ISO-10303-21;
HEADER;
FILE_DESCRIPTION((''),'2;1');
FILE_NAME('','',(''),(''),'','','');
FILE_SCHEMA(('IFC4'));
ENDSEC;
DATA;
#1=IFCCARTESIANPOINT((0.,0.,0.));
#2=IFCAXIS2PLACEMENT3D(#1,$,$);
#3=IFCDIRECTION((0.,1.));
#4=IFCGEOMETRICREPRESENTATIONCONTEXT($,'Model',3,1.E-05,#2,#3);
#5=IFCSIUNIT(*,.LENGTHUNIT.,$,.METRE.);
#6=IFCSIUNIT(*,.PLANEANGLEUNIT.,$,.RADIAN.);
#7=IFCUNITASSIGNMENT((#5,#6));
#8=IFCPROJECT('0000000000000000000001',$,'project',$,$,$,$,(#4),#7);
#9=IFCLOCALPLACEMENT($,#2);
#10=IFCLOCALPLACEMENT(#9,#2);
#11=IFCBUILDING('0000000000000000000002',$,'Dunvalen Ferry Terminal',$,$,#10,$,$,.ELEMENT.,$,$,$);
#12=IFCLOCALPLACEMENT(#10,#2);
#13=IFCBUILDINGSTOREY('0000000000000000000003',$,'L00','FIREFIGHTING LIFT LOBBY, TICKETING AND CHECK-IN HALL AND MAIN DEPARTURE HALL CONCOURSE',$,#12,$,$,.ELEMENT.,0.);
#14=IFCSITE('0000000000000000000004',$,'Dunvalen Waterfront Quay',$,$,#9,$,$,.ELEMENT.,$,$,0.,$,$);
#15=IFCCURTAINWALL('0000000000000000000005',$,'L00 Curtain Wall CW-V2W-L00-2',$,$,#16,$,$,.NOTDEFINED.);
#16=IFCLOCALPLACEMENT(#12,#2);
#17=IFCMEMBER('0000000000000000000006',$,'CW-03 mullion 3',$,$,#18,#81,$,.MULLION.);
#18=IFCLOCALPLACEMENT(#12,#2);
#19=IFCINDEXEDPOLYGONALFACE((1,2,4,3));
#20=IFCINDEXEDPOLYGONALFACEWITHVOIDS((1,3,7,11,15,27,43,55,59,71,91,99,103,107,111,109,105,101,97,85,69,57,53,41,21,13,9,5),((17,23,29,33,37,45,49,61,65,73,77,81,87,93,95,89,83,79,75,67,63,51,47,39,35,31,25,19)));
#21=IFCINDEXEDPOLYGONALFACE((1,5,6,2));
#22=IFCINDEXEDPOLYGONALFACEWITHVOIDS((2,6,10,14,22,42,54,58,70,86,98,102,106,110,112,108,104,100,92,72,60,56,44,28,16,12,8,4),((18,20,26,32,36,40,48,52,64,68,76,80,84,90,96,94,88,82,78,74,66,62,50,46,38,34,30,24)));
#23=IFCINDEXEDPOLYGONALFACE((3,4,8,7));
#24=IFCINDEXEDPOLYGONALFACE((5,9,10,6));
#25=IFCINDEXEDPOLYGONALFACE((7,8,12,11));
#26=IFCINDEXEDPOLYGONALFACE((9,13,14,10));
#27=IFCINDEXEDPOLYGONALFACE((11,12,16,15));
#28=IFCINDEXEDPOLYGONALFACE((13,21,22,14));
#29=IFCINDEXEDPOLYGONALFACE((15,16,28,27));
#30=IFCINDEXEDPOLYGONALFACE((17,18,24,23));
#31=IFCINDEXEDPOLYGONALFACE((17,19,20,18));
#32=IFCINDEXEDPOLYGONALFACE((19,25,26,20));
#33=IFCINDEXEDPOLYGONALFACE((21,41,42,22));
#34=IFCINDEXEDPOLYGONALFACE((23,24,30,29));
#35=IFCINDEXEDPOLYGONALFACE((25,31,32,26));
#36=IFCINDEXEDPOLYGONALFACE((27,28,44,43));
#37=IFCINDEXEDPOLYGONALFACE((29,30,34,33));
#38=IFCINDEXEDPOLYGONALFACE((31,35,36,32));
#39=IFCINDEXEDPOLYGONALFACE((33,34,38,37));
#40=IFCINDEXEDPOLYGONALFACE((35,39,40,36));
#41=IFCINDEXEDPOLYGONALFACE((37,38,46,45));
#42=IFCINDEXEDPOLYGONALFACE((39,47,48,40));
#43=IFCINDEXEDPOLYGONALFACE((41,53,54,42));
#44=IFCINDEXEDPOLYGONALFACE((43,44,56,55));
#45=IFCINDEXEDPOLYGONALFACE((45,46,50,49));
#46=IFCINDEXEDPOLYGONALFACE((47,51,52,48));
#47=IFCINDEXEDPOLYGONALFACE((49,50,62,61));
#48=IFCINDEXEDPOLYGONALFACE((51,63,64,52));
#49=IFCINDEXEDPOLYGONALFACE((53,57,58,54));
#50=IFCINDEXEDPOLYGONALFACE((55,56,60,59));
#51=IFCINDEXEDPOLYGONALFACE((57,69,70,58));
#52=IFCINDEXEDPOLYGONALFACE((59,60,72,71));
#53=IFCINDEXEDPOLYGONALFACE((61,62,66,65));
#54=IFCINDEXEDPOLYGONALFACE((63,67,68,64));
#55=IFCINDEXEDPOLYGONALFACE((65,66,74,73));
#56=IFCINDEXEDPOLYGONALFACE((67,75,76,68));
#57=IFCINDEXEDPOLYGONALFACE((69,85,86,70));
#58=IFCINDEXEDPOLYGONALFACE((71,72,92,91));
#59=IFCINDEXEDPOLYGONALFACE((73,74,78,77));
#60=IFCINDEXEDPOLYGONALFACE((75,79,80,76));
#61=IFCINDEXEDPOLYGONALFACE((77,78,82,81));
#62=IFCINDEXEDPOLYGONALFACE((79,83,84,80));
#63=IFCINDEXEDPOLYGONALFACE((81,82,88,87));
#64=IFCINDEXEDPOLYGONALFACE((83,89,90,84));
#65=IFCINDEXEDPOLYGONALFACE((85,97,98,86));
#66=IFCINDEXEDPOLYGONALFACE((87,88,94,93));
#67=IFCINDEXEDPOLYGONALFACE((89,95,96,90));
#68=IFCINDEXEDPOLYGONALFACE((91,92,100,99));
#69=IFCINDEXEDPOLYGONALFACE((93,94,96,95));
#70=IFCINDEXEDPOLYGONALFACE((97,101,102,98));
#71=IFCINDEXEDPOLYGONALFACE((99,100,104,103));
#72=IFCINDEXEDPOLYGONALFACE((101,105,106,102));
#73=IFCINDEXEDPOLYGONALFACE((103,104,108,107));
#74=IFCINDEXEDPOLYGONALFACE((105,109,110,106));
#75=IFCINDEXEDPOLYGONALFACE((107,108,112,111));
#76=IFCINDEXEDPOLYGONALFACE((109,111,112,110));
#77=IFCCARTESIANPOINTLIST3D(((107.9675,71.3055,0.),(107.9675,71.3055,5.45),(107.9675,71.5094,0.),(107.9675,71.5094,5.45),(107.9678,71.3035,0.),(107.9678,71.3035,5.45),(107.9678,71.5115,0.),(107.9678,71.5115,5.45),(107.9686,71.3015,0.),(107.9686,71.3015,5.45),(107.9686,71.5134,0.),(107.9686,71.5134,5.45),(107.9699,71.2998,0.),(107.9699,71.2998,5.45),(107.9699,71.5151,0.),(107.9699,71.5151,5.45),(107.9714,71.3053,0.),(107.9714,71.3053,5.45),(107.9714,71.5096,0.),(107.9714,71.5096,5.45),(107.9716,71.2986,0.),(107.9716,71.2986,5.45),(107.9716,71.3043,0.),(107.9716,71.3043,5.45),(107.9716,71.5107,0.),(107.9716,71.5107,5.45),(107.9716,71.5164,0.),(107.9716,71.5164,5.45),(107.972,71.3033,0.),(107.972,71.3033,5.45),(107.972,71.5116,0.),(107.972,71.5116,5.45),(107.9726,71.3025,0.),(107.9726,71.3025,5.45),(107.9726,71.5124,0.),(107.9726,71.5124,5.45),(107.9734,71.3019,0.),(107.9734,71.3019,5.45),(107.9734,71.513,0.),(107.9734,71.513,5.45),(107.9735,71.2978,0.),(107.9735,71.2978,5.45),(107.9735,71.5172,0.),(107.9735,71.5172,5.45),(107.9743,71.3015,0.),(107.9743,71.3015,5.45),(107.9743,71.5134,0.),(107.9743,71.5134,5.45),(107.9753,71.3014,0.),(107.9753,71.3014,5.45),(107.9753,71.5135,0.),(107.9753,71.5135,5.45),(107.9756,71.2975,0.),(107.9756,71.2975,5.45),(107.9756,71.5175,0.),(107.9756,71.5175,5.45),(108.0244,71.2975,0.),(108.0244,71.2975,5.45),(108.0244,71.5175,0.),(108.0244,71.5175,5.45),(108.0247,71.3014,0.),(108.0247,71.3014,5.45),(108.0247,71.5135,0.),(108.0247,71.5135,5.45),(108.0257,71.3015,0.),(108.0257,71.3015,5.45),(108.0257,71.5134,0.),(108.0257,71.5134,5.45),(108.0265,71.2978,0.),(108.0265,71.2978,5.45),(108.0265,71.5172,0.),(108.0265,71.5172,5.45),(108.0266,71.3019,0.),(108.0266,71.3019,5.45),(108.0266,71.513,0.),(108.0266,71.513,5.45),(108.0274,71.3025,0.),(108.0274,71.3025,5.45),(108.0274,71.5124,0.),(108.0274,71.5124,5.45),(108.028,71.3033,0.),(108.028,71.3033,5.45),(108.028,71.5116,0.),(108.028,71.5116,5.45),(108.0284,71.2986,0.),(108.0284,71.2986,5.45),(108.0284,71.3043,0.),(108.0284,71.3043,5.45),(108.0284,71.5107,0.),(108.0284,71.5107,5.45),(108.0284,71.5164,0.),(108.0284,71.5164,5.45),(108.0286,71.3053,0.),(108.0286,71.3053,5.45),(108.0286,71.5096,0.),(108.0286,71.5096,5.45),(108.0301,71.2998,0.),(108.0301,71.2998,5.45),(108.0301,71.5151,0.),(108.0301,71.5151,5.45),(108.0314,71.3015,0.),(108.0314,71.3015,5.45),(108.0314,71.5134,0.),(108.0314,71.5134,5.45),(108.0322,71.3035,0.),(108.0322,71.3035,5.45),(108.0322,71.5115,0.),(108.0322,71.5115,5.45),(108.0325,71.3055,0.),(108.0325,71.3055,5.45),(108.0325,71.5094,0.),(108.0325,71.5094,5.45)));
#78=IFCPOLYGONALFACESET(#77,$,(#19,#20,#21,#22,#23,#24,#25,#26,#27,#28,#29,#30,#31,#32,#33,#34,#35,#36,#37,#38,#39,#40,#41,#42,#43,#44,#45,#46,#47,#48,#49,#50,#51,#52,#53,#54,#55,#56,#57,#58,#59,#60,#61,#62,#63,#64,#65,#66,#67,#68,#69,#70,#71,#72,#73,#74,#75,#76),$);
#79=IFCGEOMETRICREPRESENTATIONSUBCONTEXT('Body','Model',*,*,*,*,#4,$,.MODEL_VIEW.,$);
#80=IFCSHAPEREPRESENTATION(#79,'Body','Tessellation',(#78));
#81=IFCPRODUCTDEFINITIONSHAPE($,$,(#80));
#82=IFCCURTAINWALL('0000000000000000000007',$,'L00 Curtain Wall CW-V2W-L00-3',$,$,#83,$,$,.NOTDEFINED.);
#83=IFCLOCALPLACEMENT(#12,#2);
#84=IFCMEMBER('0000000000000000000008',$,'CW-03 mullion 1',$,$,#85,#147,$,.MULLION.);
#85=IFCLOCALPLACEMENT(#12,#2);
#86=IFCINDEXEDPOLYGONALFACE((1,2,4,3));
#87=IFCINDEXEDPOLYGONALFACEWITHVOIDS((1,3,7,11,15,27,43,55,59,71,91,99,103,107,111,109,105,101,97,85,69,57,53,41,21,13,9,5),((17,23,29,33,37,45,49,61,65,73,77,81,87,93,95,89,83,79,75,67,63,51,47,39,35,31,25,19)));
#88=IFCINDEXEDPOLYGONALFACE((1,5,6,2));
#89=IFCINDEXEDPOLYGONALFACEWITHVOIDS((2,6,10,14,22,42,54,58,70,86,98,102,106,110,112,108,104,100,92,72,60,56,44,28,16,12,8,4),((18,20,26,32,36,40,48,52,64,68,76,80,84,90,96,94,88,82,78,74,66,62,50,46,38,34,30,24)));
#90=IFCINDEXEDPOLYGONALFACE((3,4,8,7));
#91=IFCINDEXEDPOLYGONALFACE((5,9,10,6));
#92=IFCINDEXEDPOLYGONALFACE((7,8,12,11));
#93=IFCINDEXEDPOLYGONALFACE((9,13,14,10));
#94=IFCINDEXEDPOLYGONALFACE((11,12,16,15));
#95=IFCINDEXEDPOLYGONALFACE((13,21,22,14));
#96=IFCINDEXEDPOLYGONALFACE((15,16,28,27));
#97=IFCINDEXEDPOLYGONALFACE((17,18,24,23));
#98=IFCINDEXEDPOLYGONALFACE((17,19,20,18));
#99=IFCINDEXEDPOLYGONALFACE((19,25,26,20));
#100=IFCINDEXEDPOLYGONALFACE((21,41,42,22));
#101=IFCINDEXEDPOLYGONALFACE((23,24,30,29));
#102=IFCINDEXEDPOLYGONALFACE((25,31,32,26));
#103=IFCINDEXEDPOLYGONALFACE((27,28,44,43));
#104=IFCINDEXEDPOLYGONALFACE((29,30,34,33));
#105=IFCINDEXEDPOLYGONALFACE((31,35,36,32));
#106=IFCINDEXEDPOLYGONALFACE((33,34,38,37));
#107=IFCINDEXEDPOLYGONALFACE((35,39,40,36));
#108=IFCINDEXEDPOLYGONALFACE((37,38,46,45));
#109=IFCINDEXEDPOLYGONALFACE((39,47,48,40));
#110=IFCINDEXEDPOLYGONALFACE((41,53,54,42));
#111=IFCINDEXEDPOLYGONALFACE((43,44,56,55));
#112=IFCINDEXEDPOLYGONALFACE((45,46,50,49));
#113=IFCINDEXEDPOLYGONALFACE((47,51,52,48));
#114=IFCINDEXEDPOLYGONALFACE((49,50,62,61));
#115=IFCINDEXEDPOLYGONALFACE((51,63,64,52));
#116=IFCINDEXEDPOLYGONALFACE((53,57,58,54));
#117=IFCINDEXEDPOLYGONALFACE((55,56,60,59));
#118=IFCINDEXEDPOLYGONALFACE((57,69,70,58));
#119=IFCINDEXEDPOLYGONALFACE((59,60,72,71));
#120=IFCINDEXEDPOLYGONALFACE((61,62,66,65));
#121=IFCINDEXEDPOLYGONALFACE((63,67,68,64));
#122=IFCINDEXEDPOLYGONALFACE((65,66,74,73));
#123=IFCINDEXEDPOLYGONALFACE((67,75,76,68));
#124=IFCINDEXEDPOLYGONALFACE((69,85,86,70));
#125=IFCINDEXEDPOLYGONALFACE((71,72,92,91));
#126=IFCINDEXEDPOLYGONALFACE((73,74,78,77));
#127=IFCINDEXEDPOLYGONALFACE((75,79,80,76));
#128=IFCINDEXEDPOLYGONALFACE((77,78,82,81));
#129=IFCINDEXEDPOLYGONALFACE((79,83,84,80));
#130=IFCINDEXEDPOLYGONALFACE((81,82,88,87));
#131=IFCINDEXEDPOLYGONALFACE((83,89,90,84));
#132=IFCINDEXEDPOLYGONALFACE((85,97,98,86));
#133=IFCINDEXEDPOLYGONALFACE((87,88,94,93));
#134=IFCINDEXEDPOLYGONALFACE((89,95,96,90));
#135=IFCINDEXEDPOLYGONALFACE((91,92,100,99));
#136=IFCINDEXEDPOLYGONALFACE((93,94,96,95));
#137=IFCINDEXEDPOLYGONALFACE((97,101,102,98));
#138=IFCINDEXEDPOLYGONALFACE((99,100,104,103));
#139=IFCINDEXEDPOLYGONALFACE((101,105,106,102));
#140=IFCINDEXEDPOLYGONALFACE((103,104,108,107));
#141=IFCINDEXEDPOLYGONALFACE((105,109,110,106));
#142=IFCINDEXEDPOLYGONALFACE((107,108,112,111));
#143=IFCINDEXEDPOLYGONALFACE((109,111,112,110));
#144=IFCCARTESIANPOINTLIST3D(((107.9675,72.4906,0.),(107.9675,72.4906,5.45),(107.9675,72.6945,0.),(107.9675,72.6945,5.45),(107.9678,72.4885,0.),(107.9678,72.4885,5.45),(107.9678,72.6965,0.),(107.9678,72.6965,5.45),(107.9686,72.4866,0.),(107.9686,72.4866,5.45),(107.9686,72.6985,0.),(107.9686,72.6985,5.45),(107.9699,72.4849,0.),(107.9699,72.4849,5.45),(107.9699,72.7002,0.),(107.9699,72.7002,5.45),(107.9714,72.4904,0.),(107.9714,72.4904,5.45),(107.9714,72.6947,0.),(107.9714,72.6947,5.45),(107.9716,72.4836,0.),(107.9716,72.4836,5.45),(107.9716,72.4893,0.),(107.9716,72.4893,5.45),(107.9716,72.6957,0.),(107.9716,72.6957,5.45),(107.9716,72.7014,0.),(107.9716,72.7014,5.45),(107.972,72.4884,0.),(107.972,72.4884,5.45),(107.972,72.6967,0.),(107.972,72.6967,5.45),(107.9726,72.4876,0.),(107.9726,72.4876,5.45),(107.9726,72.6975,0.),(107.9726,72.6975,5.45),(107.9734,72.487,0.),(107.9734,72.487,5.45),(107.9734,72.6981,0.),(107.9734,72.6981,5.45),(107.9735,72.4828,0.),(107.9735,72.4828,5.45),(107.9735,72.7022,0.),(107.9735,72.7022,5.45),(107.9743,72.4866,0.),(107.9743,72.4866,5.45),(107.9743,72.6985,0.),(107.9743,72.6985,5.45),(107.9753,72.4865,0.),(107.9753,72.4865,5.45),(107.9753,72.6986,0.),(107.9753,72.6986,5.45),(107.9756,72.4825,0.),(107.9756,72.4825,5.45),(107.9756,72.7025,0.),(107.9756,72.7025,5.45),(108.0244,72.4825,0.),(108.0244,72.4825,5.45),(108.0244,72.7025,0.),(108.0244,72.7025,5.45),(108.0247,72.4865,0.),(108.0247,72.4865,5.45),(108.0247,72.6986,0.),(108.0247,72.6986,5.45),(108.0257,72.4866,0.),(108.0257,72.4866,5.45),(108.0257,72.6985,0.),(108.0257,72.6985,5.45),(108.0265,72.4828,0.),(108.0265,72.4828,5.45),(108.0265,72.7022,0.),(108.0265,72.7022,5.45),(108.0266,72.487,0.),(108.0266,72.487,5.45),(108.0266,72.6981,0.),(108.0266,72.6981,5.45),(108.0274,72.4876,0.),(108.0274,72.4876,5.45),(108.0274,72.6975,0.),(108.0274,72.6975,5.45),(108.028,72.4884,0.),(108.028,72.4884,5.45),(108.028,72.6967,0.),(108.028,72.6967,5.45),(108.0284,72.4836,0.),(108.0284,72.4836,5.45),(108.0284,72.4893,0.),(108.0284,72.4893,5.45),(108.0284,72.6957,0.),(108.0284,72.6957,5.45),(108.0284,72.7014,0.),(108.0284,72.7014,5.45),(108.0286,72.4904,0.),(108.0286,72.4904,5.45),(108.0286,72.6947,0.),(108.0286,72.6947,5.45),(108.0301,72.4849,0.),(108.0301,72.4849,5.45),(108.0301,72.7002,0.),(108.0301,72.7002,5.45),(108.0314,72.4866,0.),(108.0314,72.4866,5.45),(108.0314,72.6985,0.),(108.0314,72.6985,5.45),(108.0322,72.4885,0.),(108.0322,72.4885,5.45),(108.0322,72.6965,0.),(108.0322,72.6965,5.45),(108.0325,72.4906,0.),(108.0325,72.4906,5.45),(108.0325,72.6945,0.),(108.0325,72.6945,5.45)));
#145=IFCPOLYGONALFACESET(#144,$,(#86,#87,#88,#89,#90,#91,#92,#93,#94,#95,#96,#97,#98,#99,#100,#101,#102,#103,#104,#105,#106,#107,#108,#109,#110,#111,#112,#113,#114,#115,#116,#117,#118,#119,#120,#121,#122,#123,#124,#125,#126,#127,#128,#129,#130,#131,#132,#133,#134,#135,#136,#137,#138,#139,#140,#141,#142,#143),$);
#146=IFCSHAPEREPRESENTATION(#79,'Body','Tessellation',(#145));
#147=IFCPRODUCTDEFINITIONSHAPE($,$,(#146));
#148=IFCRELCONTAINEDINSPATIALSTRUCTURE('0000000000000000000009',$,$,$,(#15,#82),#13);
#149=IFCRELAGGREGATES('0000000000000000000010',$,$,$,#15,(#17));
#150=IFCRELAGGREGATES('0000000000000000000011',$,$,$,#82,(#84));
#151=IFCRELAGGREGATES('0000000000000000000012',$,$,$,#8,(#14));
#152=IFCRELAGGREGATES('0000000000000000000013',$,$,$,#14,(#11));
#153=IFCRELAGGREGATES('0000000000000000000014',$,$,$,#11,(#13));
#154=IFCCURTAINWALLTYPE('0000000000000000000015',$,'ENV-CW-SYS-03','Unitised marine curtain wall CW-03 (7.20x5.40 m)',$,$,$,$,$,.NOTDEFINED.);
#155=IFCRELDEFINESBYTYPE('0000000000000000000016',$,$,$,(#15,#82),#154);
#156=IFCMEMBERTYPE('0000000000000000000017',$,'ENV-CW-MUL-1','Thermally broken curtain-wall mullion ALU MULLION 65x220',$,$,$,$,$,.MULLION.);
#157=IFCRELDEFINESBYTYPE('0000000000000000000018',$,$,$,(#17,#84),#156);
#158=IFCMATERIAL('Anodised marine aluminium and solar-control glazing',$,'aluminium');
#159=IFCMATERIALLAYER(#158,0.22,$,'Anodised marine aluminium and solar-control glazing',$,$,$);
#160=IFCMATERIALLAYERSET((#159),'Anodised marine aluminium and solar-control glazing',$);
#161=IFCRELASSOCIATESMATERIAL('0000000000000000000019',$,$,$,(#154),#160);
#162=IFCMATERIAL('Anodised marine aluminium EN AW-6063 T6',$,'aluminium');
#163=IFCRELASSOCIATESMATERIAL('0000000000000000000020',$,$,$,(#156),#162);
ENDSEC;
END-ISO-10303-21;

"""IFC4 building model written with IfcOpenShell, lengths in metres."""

from ifc_helpers import new_model, si_unit, direction, frame, origin, origin_2d, place, context, subcontext, project, spatial, hollow_rectangle, extrude, material, layer, layer_set, material_profile, profile_set, type_object, element, aggregate, save


model = new_model("IFC4")

# Units and contexts
model_context = context("Model", 3, precision=1e-05, world=origin(), true_north=direction((0.0, 1.0)))
body_context = subcontext(model_context, "Body", "Model", "MODEL_VIEW")
ifc_project = project(units=[si_unit("LENGTHUNIT", "METRE"), si_unit("PLANEANGLEUNIT", "RADIAN")], contexts=[model_context])

# Site, building, storey
site_placement = place(None, origin())
site = spatial("IfcSite", under=ifc_project, at=site_placement, Name="Dunvalen Waterfront Quay", CompositionType="ELEMENT", RefElevation=0.0)
building_placement = place(site_placement, origin())
building = spatial("IfcBuilding", under=site, at=building_placement, Name="Dunvalen Ferry Terminal", CompositionType="ELEMENT")
storey_placement = place(building_placement, origin())
storey = spatial("IfcBuildingStorey", under=building, at=storey_placement, Name="L00", Description="FIREFIGHTING LIFT LOBBY, TICKETING AND CHECK-IN HALL AND MAIN DEPARTURE HALL CONCOURSE", CompositionType="ELEMENT", Elevation=0.0)

# Curtain wall, member
ifc_material_1 = material(Name="Anodised marine aluminium and solar-control glazing", Category="aluminium")
ifc_layer_1 = layer(ifc_material_1, 0.22, Name="Anodised marine aluminium and solar-control glazing")
ifc_layer_set_1 = layer_set([ifc_layer_1], Name="Anodised marine aluminium and solar-control glazing")
curtain_wall_type = type_object("IfcCurtainWallType", Name="ENV-CW-SYS-03", Description="Unitised marine curtain wall CW-03 (7.20x5.40 m)", PredefinedType="NOTDEFINED", material=ifc_layer_set_1)
curtain_wall_1_placement = place(storey_placement, origin())
curtain_wall_1 = element("IfcCurtainWall", 1, at=curtain_wall_1_placement, inside=storey, type_object=curtain_wall_type, Name="L00 Curtain Wall CW-V2W-L00-2", PredefinedType="NOTDEFINED")
ifc_material_2 = material(Name="Anodised marine aluminium EN AW-6063 T6", Category="aluminium")
ifc_material_profile_1 = material_profile(ifc_material_2, hollow_rectangle(XDim=0.0649, YDim=0.22, WallThickness=0.0039, InnerFilletRadius=0.0039, OuterFilletRadius=0.0081, at=origin_2d()), Name="Anodised marine aluminium EN AW-6063 T6")
ifc_profile_set_1 = profile_set([ifc_material_profile_1], Name="Anodised marine aluminium EN AW-6063 T6")
member_type_1 = type_object("IfcMemberType", Name="ENV-CW-MUL-1", Description="Thermally broken curtain-wall mullion ALU MULLION 65x220", PredefinedType="MULLION", material=ifc_profile_set_1)
member_1_placement = place(storey_placement, frame((108.0, 71.4075, 0.0), z_axis=(0.0, 0.0, 1.0), x_axis=(-1.0, 0.0, 0.0)))
member_1 = element("IfcMember", 2, at=member_1_placement, type_object=member_type_1, Name="CW-03 mullion 3", PredefinedType="MULLION", context=body_context, shape_type="SweptSolid", body=[
    extrude(hollow_rectangle(XDim=0.0649, YDim=0.22, WallThickness=0.0039, InnerFilletRadius=0.0039, OuterFilletRadius=0.0081, at=origin_2d()), origin(), (0.0, 0.0, 1.0), 5.45),
])

# Curtain wall, member
curtain_wall_2_placement = place(storey_placement, origin())
curtain_wall_2 = element("IfcCurtainWall", 3, at=curtain_wall_2_placement, inside=storey, type_object=curtain_wall_type, Name="L00 Curtain Wall CW-V2W-L00-3", PredefinedType="NOTDEFINED")
member_2_placement = place(storey_placement, frame((108.0, 72.5925, 0.0), z_axis=(0.0, 0.0, 1.0), x_axis=(-1.0, 0.0, 0.0)))
member_2 = element("IfcMember", 4, at=member_2_placement, type_object=member_type_1, Name="CW-03 mullion 1", PredefinedType="MULLION", context=body_context, shape_type="SweptSolid", body=[
    extrude(hollow_rectangle(XDim=0.0649, YDim=0.22, WallThickness=0.0039, InnerFilletRadius=0.0039, OuterFilletRadius=0.0081, at=origin_2d()), origin(), (0.0, 0.0, 1.0), 5.45),
])

aggregate(curtain_wall_1, [member_1])
aggregate(curtain_wall_2, [member_2])

save(model, "model.ifc")
